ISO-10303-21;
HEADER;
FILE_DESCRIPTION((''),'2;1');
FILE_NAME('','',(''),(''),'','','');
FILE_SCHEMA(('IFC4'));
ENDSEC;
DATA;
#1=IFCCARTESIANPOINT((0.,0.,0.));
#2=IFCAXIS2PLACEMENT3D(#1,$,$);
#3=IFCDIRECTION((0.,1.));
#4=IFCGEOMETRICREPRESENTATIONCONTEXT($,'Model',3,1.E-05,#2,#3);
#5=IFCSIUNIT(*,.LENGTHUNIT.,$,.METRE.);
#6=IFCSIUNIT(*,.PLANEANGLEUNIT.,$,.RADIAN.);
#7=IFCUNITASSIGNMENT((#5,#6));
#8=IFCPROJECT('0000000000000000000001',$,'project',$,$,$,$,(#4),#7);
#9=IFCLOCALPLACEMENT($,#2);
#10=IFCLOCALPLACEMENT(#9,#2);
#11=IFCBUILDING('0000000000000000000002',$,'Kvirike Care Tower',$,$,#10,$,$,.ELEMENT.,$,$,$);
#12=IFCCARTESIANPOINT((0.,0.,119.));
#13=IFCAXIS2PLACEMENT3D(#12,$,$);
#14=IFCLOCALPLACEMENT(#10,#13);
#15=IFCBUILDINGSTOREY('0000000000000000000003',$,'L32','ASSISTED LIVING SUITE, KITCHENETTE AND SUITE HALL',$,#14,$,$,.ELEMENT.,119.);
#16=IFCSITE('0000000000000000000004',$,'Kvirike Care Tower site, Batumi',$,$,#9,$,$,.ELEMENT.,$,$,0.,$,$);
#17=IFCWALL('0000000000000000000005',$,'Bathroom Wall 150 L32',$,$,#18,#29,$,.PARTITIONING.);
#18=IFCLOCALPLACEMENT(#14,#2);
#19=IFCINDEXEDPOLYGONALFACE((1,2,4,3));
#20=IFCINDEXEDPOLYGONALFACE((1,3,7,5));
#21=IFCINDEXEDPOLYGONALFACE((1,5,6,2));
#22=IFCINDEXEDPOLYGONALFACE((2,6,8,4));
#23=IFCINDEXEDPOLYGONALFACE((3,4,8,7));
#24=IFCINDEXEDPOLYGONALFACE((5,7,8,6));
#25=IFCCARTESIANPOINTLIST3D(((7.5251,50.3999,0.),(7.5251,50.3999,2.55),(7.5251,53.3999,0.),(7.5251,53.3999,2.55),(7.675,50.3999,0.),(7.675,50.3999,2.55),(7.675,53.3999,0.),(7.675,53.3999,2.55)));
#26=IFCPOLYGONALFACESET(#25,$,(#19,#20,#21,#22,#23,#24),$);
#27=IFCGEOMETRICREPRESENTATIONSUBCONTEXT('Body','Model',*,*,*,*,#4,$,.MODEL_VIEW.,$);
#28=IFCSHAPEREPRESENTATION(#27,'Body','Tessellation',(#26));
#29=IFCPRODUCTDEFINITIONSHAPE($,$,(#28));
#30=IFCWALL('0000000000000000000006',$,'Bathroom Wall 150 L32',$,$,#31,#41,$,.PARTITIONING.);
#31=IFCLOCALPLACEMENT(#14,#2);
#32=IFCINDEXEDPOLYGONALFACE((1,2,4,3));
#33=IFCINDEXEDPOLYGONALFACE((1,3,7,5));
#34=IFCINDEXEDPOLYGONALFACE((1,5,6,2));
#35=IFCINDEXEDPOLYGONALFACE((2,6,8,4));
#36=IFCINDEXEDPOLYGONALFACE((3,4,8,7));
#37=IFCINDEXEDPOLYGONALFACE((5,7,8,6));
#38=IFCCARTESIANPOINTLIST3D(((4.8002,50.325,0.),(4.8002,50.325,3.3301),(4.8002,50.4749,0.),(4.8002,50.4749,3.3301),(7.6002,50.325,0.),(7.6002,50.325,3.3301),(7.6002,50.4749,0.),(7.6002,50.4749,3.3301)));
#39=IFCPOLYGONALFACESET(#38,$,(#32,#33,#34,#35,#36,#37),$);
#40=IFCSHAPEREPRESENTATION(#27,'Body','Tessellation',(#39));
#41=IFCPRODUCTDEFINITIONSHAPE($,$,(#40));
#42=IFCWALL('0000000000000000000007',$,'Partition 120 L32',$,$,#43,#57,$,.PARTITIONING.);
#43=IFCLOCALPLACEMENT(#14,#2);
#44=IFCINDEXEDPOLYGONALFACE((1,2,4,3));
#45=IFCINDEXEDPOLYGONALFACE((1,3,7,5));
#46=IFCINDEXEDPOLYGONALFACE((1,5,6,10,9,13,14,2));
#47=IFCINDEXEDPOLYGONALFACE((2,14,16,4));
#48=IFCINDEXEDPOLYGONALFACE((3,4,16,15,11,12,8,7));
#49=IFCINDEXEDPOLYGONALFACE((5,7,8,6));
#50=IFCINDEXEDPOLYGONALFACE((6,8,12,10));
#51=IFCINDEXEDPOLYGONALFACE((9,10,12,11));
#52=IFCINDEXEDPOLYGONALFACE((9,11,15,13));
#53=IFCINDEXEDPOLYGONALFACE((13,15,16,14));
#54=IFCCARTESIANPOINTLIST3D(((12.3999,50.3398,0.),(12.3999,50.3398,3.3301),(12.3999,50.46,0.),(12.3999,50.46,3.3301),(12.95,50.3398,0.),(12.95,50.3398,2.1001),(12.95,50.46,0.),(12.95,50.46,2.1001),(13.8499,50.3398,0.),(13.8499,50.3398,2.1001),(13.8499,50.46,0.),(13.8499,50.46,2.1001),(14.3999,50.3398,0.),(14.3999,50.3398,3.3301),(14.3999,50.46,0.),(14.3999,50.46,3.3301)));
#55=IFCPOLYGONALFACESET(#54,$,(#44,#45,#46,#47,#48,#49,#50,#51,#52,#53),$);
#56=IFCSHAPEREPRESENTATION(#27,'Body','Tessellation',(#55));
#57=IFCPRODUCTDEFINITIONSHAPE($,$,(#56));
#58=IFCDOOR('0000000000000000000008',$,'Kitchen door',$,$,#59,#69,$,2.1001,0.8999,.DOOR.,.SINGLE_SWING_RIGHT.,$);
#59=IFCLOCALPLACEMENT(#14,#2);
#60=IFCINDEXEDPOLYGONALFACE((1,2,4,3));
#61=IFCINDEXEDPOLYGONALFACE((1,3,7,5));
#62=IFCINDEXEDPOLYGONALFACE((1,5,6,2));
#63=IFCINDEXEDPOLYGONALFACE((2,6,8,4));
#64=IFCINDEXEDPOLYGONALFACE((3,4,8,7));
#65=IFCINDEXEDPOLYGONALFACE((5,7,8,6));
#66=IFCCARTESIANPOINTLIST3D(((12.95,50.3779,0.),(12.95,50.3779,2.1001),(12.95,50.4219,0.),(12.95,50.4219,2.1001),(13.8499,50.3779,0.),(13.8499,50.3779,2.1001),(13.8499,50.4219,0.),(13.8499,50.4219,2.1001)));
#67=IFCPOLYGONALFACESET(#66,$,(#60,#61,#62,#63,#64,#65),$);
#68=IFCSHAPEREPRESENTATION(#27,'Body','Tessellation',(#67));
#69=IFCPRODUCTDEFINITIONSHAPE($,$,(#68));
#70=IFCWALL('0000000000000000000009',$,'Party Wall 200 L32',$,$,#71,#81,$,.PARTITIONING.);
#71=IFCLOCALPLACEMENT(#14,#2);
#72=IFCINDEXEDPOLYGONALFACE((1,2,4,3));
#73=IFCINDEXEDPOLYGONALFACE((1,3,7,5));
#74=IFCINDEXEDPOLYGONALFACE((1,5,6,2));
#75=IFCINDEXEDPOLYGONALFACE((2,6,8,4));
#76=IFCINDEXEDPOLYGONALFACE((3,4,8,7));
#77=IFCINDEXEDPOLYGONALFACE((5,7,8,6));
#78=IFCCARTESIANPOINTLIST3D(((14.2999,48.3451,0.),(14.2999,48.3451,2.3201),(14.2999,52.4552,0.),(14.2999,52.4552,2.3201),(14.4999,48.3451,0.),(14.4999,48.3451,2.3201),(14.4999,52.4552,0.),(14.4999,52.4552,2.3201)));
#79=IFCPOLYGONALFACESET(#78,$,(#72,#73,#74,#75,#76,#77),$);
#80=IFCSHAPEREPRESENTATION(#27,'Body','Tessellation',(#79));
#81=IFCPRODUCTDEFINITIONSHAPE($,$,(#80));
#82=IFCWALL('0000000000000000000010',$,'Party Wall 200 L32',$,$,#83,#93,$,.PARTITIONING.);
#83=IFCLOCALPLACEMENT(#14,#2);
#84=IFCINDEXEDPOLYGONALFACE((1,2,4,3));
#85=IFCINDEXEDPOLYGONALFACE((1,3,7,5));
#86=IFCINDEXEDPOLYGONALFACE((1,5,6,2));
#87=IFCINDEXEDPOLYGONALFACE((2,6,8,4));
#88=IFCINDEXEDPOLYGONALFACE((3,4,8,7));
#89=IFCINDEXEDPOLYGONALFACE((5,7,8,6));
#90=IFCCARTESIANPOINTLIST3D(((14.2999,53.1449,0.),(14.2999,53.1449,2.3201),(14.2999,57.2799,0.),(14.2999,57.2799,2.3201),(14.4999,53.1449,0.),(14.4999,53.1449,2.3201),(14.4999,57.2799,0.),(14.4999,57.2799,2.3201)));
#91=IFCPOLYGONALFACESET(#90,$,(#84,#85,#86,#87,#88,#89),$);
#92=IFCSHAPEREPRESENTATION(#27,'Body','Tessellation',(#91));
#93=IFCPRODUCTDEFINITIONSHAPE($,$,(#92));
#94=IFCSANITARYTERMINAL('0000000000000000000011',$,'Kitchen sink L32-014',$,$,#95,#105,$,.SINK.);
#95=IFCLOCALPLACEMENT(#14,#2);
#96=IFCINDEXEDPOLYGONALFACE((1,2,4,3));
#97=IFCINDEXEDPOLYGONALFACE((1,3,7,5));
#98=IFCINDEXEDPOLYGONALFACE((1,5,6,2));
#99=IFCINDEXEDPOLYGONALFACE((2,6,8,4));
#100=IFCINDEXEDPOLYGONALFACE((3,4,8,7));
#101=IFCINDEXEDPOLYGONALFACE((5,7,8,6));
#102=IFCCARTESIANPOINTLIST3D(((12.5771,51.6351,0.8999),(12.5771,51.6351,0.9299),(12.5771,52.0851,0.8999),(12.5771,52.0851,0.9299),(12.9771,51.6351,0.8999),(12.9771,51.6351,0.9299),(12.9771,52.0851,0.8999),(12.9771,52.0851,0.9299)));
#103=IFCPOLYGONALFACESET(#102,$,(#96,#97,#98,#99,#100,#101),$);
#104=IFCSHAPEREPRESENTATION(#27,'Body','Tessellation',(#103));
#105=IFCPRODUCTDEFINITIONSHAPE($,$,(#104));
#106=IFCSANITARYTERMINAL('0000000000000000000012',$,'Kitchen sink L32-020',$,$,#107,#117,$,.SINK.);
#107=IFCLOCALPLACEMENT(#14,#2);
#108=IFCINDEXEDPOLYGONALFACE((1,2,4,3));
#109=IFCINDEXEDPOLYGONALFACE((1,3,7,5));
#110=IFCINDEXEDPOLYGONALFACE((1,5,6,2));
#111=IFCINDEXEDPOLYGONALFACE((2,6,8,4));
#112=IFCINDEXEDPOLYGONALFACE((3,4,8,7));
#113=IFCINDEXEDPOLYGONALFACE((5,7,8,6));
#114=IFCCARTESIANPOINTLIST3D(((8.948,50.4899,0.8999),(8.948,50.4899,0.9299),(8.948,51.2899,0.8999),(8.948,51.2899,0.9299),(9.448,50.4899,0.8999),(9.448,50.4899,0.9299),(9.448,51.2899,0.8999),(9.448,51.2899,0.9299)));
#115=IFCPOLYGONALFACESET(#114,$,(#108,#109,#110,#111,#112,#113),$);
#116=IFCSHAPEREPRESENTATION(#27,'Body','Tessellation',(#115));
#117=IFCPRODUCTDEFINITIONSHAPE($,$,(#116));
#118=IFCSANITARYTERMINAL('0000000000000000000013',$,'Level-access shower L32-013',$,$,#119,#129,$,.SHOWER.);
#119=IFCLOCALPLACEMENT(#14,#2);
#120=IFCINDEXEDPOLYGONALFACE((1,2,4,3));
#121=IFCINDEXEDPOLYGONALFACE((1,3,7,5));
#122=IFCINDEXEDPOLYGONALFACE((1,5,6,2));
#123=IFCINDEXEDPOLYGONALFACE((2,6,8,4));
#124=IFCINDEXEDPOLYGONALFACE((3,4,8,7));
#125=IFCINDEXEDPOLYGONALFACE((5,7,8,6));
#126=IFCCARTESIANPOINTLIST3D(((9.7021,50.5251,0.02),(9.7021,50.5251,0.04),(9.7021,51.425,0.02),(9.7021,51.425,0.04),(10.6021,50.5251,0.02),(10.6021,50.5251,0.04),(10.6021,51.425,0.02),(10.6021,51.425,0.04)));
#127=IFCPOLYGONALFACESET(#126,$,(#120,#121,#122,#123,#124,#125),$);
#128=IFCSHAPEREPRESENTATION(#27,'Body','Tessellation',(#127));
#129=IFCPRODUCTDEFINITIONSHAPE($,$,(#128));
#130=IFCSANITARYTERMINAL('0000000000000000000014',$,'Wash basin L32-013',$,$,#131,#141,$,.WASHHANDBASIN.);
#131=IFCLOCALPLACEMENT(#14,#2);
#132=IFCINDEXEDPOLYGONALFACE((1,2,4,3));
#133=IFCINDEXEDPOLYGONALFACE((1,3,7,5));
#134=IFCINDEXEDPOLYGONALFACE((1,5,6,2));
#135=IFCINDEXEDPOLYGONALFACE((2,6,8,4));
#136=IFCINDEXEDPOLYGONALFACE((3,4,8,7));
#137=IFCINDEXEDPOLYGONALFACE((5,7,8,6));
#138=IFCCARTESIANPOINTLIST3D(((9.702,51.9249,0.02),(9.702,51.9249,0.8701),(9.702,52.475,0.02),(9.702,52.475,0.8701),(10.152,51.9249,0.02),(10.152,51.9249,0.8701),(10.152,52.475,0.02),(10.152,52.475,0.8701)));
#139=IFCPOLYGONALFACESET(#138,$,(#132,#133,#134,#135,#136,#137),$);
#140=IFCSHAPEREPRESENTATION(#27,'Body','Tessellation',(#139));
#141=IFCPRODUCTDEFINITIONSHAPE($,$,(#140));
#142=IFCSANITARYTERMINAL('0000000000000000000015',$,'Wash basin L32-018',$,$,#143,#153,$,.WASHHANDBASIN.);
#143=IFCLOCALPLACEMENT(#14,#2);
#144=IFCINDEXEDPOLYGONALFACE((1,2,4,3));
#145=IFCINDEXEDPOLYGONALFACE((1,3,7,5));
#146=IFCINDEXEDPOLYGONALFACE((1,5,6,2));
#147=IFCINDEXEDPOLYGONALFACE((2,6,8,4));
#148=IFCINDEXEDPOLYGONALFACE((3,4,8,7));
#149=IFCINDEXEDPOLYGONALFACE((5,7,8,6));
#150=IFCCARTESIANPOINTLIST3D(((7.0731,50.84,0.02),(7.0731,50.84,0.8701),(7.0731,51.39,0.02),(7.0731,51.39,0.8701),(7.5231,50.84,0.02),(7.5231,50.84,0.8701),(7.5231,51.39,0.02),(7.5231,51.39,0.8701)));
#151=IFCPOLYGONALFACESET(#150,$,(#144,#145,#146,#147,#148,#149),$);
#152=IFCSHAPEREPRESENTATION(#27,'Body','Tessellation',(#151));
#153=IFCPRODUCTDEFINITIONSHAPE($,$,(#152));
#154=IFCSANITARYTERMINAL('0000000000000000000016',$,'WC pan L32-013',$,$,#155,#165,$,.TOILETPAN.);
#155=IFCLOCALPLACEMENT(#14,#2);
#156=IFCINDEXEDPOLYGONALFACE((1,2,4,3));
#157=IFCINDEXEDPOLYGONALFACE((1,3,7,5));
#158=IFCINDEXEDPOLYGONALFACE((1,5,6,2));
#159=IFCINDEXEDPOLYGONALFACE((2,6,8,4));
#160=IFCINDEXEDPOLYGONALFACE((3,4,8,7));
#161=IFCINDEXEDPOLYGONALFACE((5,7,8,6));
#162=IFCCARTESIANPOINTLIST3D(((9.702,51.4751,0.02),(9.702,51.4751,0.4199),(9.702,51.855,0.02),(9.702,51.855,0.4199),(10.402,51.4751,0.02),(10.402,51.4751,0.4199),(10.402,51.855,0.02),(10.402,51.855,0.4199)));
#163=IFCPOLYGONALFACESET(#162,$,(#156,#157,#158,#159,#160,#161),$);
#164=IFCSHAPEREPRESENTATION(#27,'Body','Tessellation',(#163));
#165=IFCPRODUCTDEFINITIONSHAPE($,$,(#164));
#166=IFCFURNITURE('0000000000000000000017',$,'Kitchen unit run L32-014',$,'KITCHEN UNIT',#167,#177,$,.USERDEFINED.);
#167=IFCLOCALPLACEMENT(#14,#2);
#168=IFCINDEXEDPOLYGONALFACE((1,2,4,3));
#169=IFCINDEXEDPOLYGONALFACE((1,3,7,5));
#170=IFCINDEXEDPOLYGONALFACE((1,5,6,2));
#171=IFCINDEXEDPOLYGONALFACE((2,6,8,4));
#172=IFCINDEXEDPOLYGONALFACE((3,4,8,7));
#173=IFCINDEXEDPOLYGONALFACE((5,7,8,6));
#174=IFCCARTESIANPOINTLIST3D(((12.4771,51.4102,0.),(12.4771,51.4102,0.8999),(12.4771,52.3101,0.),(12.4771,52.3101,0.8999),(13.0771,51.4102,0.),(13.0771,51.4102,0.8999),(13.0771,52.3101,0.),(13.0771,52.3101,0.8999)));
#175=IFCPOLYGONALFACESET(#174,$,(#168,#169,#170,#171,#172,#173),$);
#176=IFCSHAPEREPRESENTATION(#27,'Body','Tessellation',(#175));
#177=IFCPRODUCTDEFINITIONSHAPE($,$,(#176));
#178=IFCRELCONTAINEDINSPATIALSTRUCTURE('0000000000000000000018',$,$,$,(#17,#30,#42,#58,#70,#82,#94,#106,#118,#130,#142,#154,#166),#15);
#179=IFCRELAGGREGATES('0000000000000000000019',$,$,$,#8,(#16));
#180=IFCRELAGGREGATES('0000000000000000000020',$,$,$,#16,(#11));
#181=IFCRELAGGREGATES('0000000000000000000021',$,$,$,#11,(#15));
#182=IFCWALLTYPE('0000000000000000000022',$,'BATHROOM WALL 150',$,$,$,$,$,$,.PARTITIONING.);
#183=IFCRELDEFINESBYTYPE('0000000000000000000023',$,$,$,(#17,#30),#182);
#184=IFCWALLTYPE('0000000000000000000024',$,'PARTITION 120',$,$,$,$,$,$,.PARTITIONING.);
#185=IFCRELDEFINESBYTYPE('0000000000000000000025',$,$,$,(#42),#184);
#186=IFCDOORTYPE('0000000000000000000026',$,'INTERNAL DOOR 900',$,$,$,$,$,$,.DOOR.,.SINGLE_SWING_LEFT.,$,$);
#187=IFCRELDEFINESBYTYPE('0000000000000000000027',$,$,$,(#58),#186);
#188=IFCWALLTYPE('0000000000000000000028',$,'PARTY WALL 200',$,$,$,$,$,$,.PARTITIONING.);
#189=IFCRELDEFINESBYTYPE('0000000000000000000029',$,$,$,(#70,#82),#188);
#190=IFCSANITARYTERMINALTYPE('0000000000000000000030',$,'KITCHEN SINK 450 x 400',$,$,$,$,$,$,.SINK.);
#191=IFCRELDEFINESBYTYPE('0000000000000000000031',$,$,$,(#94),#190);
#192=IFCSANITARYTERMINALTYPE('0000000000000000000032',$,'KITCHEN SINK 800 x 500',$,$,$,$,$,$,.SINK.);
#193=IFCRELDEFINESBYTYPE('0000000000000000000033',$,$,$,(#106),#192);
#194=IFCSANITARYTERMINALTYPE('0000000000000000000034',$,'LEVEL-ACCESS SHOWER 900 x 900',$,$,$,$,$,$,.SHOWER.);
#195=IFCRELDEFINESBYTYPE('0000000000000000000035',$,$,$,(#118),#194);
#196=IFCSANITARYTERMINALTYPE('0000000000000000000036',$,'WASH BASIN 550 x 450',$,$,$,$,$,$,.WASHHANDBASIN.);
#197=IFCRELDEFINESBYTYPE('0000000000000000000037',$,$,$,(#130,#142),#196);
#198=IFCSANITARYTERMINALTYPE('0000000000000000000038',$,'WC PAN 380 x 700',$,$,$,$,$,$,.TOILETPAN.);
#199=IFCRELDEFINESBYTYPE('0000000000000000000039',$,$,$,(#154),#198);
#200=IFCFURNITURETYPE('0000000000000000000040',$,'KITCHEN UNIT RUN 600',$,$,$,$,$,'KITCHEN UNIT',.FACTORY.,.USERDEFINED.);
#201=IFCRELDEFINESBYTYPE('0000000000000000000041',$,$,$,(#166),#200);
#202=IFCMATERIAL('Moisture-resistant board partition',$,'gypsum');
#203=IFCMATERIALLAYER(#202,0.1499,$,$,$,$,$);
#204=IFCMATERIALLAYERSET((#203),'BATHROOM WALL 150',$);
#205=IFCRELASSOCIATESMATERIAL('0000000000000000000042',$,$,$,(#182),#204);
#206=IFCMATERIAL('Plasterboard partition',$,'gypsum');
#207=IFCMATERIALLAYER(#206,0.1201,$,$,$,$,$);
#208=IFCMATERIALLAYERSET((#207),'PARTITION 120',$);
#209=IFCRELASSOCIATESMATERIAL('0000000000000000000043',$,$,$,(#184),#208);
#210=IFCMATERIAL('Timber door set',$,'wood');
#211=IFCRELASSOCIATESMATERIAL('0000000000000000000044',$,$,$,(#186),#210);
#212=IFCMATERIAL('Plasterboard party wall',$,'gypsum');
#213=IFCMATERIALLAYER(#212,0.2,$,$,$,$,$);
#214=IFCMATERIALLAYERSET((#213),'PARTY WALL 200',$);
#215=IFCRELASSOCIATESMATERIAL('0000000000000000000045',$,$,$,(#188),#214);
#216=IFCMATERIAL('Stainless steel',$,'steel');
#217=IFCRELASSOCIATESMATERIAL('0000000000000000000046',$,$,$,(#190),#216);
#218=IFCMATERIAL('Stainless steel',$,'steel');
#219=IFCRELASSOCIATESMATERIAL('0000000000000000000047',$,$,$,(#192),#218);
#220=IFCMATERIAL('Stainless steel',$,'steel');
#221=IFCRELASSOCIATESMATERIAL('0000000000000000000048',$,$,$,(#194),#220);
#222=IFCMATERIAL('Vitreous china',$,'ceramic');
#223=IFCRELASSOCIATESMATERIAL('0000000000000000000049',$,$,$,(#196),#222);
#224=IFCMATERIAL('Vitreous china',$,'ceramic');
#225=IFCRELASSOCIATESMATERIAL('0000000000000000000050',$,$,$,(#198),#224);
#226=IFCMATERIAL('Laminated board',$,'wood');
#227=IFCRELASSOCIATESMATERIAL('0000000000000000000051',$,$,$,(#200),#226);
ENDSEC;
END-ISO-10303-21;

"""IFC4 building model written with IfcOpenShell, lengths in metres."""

from ifc_helpers import new_model, si_unit, direction, frame, frame_2d, origin, origin_2d, place, context, subcontext, project, spatial, rectangle, extrude, material, layer, layer_set, type_object, element, fill, save


model = new_model("IFC4")

# Units and contexts
model_context = context("Model", 3, precision=1e-05, world=origin(), true_north=direction((0.0, 1.0)))
body_context = subcontext(model_context, "Body", "Model", "MODEL_VIEW")
ifc_project = project(units=[si_unit("LENGTHUNIT", "METRE"), si_unit("PLANEANGLEUNIT", "RADIAN")], contexts=[model_context])

# Site, building, storey
site_placement = place(None, origin())
site = spatial("IfcSite", under=ifc_project, at=site_placement, Name="Kvirike Care Tower site, Batumi", CompositionType="ELEMENT", RefElevation=0.0)
building_placement = place(site_placement, origin())
building = spatial("IfcBuilding", under=site, at=building_placement, Name="Kvirike Care Tower", CompositionType="ELEMENT")
storey_placement = place(building_placement, frame((0.0, 0.0, 119.0)))
storey = spatial("IfcBuildingStorey", under=building, at=storey_placement, Name="L32", Description="ASSISTED LIVING SUITE, KITCHENETTE AND SUITE HALL", CompositionType="ELEMENT", Elevation=119.0)

# Walls
ifc_material_1 = material(Name="Moisture-resistant board partition", Category="gypsum")
ifc_layer_1 = layer(ifc_material_1, 0.1499)
ifc_layer_set_1 = layer_set([ifc_layer_1], Name="BATHROOM WALL 150")
wall_type_1 = type_object("IfcWallType", Name="BATHROOM WALL 150", PredefinedType="PARTITIONING", material=ifc_layer_set_1)
wall_1_placement = place(storey_placement, frame((7.6001, 53.3999, 0.0), z_axis=(0.0, 0.0, 1.0), x_axis=(0.0, -1.0, 0.0)))
element("IfcWall", 1, at=wall_1_placement, inside=storey, type_object=wall_type_1, Name="Bathroom Wall 150 L32", PredefinedType="PARTITIONING", context=body_context, shape_type="SweptSolid", body=[
    extrude(rectangle(XDim=3.0, YDim=0.1499, at=frame_2d((1.5, 0.0))), origin(), (0.0, 0.0, 1.0), 2.55),
])
wall_2_placement = place(storey_placement, frame((7.6001, 50.3999, 0.0), z_axis=(0.0, 0.0, 1.0), x_axis=(-1.0, 0.0, 0.0)))
element("IfcWall", 2, at=wall_2_placement, inside=storey, type_object=wall_type_1, Name="Bathroom Wall 150 L32", PredefinedType="PARTITIONING", context=body_context, shape_type="SweptSolid", body=[
    extrude(rectangle(XDim=2.8, YDim=0.1499, at=frame_2d((1.3999, 0.0))), origin(), (0.0, 0.0, 1.0), 3.3301),
])

# Wall, opening, door
ifc_material_2 = material(Name="Plasterboard partition", Category="gypsum")
ifc_layer_2 = layer(ifc_material_2, 0.1201)
ifc_layer_set_2 = layer_set([ifc_layer_2], Name="PARTITION 120")
wall_type_2 = type_object("IfcWallType", Name="PARTITION 120", PredefinedType="PARTITIONING", material=ifc_layer_set_2)
wall_3_placement = place(storey_placement, frame((14.3999, 50.3999, 0.0), z_axis=(0.0, 0.0, 1.0), x_axis=(-1.0, 0.0, 0.0)))
wall_3 = element("IfcWall", 3, at=wall_3_placement, inside=storey, type_object=wall_type_2, Name="Partition 120 L32", PredefinedType="PARTITIONING", context=body_context, shape_type="SweptSolid", body=[
    extrude(rectangle(XDim=2.0, YDim=0.1201, at=frame_2d((1.0, 0.0))), origin(), (0.0, 0.0, 1.0), 3.3301),
])
opening_placement = place(wall_3_placement, frame((0.55, 0.0, 0.0)))
opening = element("IfcOpeningElement", 4, at=opening_placement, cuts=wall_3, PredefinedType="OPENING", context=body_context, shape_type="SweptSolid", body=[
    extrude(rectangle(XDim=0.8999, YDim=2.1001, at=frame_2d((0.45, 1.05))), frame((0.0, 0.0706, 0.0), z_axis=(0.0, -1.0, 0.0), x_axis=(1.0, 0.0, 0.0)), (0.0, 0.0, 1.0), 0.1411),
])
ifc_material_3 = material(Name="Timber door set", Category="wood")
door_type = type_object("IfcDoorType", Name="INTERNAL DOOR 900", OperationType="SINGLE_SWING_LEFT", PredefinedType="DOOR", material=ifc_material_3)
door_placement = place(opening_placement, frame((0.8999, 0.0, 0.0), z_axis=(0.0, 0.0, 1.0), x_axis=(-1.0, 0.0, 0.0)))
door = element("IfcDoor", 5, at=door_placement, inside=storey, type_object=door_type, Name="Kitchen door", OperationType="SINGLE_SWING_RIGHT", OverallHeight=2.1001, OverallWidth=0.8999, PredefinedType="DOOR", context=body_context, shape_type="SweptSolid", body=[
    extrude(rectangle(XDim=0.8999, YDim=2.1001, at=frame_2d((0.45, 1.05))), frame((0.0, 0.022, 0.0), z_axis=(0.0, -1.0, 0.0), x_axis=(1.0, 0.0, 0.0)), (0.0, 0.0, 1.0), 0.0439),
])
fill(opening, door)

# Walls
ifc_material_4 = material(Name="Plasterboard party wall", Category="gypsum")
ifc_layer_3 = layer(ifc_material_4, 0.2)
ifc_layer_set_3 = layer_set([ifc_layer_3], Name="PARTY WALL 200")
wall_type_3 = type_object("IfcWallType", Name="PARTY WALL 200", PredefinedType="PARTITIONING", material=ifc_layer_set_3)
wall_4_placement = place(storey_placement, frame((14.3999, 48.345, 0.0), z_axis=(0.0, 0.0, 1.0), x_axis=(0.0, 1.0, 0.0)))
element("IfcWall", 6, at=wall_4_placement, inside=storey, type_object=wall_type_3, Name="Party Wall 200 L32", PredefinedType="PARTITIONING", context=body_context, shape_type="SweptSolid", body=[
    extrude(rectangle(XDim=4.1101, YDim=0.2, at=frame_2d((2.0552, 0.0))), origin(), (0.0, 0.0, 1.0), 2.3201),
])
wall_5_placement = place(storey_placement, frame((14.3999, 53.145, 0.0), z_axis=(0.0, 0.0, 1.0), x_axis=(0.0, 1.0, 0.0)))
element("IfcWall", 7, at=wall_5_placement, inside=storey, type_object=wall_type_3, Name="Party Wall 200 L32", PredefinedType="PARTITIONING", context=body_context, shape_type="SweptSolid", body=[
    extrude(rectangle(XDim=4.135, YDim=0.2, at=frame_2d((2.0674, 0.0))), origin(), (0.0, 0.0, 1.0), 2.3201),
])

# Sanitary terminals
ifc_material_5 = material(Name="Stainless steel", Category="steel")
sanitary_terminal_type_1 = type_object("IfcSanitaryTerminalType", Name="KITCHEN SINK 450 x 400", PredefinedType="SINK", material=ifc_material_5)
sanitary_terminal_1_placement = place(storey_placement, frame((12.7771, 51.8601, 0.8999), z_axis=(0.0, 0.0, 1.0), x_axis=(0.0, 1.0, 0.0)))
element("IfcSanitaryTerminal", 8, at=sanitary_terminal_1_placement, inside=storey, type_object=sanitary_terminal_type_1, Name="Kitchen sink L32-014", PredefinedType="SINK", context=body_context, shape_type="SweptSolid", body=[
    extrude(rectangle(XDim=0.45, YDim=0.3999, at=origin_2d()), origin(), (0.0, 0.0, 1.0), 0.03),
])
ifc_material_6 = material(Name="Stainless steel", Category="steel")
sanitary_terminal_type_2 = type_object("IfcSanitaryTerminalType", Name="KITCHEN SINK 800 x 500", PredefinedType="SINK", material=ifc_material_6)
sanitary_terminal_2_placement = place(storey_placement, frame((9.198, 50.8899, 0.8999), z_axis=(0.0, 0.0, 1.0), x_axis=(0.0, -1.0, 0.0)))
element("IfcSanitaryTerminal", 9, at=sanitary_terminal_2_placement, inside=storey, type_object=sanitary_terminal_type_2, Name="Kitchen sink L32-020", PredefinedType="SINK", context=body_context, shape_type="SweptSolid", body=[
    extrude(rectangle(XDim=0.8, YDim=0.5, at=origin_2d()), origin(), (0.0, 0.0, 1.0), 0.03),
])
ifc_material_7 = material(Name="Stainless steel", Category="steel")
sanitary_terminal_type_3 = type_object("IfcSanitaryTerminalType", Name="LEVEL-ACCESS SHOWER 900 x 900", PredefinedType="SHOWER", material=ifc_material_7)
sanitary_terminal_3_placement = place(storey_placement, frame((10.1521, 50.9751, 0.02), z_axis=(0.0, 0.0, 1.0), x_axis=(0.0, 1.0, 0.0)))
element("IfcSanitaryTerminal", 10, at=sanitary_terminal_3_placement, inside=storey, type_object=sanitary_terminal_type_3, Name="Level-access shower L32-013", PredefinedType="SHOWER", context=body_context, shape_type="SweptSolid", body=[
    extrude(rectangle(XDim=0.8999, YDim=0.8999, at=origin_2d()), origin(), (0.0, 0.0, 1.0), 0.02),
])
ifc_material_8 = material(Name="Vitreous china", Category="ceramic")
sanitary_terminal_type_4 = type_object("IfcSanitaryTerminalType", Name="WASH BASIN 550 x 450", PredefinedType="WASHHANDBASIN", material=ifc_material_8)
for number, where, z_axis, x_axis, name in (
    (11, (9.927, 52.2, 0.02), (0.0, 0.0, 1.0), (0.0, 1.0, 0.0), "Wash basin L32-013"),
    (12, (7.2981, 51.115, 0.02), (0.0, 0.0, 1.0), (0.0, -1.0, 0.0), "Wash basin L32-018"),
):
    element("IfcSanitaryTerminal", number, at=place(storey_placement, frame(where, z_axis=z_axis, x_axis=x_axis)), inside=storey, type_object=sanitary_terminal_type_4, Name=name, PredefinedType="WASHHANDBASIN", context=body_context, shape_type="SweptSolid", body=[
        extrude(rectangle(XDim=0.55, YDim=0.45, at=origin_2d()), origin(), (0.0, 0.0, 1.0), 0.8501),
    ])
ifc_material_9 = material(Name="Vitreous china", Category="ceramic")
sanitary_terminal_type_5 = type_object("IfcSanitaryTerminalType", Name="WC PAN 380 x 700", PredefinedType="TOILETPAN", material=ifc_material_9)
sanitary_terminal_4_placement = place(storey_placement, frame((10.052, 51.665, 0.02), z_axis=(0.0, 0.0, 1.0), x_axis=(0.0, 1.0, 0.0)))
element("IfcSanitaryTerminal", 13, at=sanitary_terminal_4_placement, inside=storey, type_object=sanitary_terminal_type_5, Name="WC pan L32-013", PredefinedType="TOILETPAN", context=body_context, shape_type="SweptSolid", body=[
    extrude(rectangle(XDim=0.3799, YDim=0.7, at=origin_2d()), origin(), (0.0, 0.0, 1.0), 0.3999),
])

# Furniture
ifc_material_10 = material(Name="Laminated board", Category="wood")
furniture_type = type_object("IfcFurnitureType", Name="KITCHEN UNIT RUN 600", ElementType="KITCHEN UNIT", AssemblyPlace="FACTORY", PredefinedType="USERDEFINED", material=ifc_material_10)
furniture_1_placement = place(storey_placement, frame((12.7771, 51.8601, 0.0), z_axis=(0.0, 0.0, 1.0), x_axis=(0.0, 1.0, 0.0)))
element("IfcFurniture", 14, at=furniture_1_placement, inside=storey, type_object=furniture_type, Name="Kitchen unit run L32-014", ObjectType="KITCHEN UNIT", PredefinedType="USERDEFINED", context=body_context, shape_type="SweptSolid", body=[
    extrude(rectangle(XDim=0.8999, YDim=0.6001, at=origin_2d()), origin(), (0.0, 0.0, 1.0), 0.8999),
])

save(model, "model.ifc")
